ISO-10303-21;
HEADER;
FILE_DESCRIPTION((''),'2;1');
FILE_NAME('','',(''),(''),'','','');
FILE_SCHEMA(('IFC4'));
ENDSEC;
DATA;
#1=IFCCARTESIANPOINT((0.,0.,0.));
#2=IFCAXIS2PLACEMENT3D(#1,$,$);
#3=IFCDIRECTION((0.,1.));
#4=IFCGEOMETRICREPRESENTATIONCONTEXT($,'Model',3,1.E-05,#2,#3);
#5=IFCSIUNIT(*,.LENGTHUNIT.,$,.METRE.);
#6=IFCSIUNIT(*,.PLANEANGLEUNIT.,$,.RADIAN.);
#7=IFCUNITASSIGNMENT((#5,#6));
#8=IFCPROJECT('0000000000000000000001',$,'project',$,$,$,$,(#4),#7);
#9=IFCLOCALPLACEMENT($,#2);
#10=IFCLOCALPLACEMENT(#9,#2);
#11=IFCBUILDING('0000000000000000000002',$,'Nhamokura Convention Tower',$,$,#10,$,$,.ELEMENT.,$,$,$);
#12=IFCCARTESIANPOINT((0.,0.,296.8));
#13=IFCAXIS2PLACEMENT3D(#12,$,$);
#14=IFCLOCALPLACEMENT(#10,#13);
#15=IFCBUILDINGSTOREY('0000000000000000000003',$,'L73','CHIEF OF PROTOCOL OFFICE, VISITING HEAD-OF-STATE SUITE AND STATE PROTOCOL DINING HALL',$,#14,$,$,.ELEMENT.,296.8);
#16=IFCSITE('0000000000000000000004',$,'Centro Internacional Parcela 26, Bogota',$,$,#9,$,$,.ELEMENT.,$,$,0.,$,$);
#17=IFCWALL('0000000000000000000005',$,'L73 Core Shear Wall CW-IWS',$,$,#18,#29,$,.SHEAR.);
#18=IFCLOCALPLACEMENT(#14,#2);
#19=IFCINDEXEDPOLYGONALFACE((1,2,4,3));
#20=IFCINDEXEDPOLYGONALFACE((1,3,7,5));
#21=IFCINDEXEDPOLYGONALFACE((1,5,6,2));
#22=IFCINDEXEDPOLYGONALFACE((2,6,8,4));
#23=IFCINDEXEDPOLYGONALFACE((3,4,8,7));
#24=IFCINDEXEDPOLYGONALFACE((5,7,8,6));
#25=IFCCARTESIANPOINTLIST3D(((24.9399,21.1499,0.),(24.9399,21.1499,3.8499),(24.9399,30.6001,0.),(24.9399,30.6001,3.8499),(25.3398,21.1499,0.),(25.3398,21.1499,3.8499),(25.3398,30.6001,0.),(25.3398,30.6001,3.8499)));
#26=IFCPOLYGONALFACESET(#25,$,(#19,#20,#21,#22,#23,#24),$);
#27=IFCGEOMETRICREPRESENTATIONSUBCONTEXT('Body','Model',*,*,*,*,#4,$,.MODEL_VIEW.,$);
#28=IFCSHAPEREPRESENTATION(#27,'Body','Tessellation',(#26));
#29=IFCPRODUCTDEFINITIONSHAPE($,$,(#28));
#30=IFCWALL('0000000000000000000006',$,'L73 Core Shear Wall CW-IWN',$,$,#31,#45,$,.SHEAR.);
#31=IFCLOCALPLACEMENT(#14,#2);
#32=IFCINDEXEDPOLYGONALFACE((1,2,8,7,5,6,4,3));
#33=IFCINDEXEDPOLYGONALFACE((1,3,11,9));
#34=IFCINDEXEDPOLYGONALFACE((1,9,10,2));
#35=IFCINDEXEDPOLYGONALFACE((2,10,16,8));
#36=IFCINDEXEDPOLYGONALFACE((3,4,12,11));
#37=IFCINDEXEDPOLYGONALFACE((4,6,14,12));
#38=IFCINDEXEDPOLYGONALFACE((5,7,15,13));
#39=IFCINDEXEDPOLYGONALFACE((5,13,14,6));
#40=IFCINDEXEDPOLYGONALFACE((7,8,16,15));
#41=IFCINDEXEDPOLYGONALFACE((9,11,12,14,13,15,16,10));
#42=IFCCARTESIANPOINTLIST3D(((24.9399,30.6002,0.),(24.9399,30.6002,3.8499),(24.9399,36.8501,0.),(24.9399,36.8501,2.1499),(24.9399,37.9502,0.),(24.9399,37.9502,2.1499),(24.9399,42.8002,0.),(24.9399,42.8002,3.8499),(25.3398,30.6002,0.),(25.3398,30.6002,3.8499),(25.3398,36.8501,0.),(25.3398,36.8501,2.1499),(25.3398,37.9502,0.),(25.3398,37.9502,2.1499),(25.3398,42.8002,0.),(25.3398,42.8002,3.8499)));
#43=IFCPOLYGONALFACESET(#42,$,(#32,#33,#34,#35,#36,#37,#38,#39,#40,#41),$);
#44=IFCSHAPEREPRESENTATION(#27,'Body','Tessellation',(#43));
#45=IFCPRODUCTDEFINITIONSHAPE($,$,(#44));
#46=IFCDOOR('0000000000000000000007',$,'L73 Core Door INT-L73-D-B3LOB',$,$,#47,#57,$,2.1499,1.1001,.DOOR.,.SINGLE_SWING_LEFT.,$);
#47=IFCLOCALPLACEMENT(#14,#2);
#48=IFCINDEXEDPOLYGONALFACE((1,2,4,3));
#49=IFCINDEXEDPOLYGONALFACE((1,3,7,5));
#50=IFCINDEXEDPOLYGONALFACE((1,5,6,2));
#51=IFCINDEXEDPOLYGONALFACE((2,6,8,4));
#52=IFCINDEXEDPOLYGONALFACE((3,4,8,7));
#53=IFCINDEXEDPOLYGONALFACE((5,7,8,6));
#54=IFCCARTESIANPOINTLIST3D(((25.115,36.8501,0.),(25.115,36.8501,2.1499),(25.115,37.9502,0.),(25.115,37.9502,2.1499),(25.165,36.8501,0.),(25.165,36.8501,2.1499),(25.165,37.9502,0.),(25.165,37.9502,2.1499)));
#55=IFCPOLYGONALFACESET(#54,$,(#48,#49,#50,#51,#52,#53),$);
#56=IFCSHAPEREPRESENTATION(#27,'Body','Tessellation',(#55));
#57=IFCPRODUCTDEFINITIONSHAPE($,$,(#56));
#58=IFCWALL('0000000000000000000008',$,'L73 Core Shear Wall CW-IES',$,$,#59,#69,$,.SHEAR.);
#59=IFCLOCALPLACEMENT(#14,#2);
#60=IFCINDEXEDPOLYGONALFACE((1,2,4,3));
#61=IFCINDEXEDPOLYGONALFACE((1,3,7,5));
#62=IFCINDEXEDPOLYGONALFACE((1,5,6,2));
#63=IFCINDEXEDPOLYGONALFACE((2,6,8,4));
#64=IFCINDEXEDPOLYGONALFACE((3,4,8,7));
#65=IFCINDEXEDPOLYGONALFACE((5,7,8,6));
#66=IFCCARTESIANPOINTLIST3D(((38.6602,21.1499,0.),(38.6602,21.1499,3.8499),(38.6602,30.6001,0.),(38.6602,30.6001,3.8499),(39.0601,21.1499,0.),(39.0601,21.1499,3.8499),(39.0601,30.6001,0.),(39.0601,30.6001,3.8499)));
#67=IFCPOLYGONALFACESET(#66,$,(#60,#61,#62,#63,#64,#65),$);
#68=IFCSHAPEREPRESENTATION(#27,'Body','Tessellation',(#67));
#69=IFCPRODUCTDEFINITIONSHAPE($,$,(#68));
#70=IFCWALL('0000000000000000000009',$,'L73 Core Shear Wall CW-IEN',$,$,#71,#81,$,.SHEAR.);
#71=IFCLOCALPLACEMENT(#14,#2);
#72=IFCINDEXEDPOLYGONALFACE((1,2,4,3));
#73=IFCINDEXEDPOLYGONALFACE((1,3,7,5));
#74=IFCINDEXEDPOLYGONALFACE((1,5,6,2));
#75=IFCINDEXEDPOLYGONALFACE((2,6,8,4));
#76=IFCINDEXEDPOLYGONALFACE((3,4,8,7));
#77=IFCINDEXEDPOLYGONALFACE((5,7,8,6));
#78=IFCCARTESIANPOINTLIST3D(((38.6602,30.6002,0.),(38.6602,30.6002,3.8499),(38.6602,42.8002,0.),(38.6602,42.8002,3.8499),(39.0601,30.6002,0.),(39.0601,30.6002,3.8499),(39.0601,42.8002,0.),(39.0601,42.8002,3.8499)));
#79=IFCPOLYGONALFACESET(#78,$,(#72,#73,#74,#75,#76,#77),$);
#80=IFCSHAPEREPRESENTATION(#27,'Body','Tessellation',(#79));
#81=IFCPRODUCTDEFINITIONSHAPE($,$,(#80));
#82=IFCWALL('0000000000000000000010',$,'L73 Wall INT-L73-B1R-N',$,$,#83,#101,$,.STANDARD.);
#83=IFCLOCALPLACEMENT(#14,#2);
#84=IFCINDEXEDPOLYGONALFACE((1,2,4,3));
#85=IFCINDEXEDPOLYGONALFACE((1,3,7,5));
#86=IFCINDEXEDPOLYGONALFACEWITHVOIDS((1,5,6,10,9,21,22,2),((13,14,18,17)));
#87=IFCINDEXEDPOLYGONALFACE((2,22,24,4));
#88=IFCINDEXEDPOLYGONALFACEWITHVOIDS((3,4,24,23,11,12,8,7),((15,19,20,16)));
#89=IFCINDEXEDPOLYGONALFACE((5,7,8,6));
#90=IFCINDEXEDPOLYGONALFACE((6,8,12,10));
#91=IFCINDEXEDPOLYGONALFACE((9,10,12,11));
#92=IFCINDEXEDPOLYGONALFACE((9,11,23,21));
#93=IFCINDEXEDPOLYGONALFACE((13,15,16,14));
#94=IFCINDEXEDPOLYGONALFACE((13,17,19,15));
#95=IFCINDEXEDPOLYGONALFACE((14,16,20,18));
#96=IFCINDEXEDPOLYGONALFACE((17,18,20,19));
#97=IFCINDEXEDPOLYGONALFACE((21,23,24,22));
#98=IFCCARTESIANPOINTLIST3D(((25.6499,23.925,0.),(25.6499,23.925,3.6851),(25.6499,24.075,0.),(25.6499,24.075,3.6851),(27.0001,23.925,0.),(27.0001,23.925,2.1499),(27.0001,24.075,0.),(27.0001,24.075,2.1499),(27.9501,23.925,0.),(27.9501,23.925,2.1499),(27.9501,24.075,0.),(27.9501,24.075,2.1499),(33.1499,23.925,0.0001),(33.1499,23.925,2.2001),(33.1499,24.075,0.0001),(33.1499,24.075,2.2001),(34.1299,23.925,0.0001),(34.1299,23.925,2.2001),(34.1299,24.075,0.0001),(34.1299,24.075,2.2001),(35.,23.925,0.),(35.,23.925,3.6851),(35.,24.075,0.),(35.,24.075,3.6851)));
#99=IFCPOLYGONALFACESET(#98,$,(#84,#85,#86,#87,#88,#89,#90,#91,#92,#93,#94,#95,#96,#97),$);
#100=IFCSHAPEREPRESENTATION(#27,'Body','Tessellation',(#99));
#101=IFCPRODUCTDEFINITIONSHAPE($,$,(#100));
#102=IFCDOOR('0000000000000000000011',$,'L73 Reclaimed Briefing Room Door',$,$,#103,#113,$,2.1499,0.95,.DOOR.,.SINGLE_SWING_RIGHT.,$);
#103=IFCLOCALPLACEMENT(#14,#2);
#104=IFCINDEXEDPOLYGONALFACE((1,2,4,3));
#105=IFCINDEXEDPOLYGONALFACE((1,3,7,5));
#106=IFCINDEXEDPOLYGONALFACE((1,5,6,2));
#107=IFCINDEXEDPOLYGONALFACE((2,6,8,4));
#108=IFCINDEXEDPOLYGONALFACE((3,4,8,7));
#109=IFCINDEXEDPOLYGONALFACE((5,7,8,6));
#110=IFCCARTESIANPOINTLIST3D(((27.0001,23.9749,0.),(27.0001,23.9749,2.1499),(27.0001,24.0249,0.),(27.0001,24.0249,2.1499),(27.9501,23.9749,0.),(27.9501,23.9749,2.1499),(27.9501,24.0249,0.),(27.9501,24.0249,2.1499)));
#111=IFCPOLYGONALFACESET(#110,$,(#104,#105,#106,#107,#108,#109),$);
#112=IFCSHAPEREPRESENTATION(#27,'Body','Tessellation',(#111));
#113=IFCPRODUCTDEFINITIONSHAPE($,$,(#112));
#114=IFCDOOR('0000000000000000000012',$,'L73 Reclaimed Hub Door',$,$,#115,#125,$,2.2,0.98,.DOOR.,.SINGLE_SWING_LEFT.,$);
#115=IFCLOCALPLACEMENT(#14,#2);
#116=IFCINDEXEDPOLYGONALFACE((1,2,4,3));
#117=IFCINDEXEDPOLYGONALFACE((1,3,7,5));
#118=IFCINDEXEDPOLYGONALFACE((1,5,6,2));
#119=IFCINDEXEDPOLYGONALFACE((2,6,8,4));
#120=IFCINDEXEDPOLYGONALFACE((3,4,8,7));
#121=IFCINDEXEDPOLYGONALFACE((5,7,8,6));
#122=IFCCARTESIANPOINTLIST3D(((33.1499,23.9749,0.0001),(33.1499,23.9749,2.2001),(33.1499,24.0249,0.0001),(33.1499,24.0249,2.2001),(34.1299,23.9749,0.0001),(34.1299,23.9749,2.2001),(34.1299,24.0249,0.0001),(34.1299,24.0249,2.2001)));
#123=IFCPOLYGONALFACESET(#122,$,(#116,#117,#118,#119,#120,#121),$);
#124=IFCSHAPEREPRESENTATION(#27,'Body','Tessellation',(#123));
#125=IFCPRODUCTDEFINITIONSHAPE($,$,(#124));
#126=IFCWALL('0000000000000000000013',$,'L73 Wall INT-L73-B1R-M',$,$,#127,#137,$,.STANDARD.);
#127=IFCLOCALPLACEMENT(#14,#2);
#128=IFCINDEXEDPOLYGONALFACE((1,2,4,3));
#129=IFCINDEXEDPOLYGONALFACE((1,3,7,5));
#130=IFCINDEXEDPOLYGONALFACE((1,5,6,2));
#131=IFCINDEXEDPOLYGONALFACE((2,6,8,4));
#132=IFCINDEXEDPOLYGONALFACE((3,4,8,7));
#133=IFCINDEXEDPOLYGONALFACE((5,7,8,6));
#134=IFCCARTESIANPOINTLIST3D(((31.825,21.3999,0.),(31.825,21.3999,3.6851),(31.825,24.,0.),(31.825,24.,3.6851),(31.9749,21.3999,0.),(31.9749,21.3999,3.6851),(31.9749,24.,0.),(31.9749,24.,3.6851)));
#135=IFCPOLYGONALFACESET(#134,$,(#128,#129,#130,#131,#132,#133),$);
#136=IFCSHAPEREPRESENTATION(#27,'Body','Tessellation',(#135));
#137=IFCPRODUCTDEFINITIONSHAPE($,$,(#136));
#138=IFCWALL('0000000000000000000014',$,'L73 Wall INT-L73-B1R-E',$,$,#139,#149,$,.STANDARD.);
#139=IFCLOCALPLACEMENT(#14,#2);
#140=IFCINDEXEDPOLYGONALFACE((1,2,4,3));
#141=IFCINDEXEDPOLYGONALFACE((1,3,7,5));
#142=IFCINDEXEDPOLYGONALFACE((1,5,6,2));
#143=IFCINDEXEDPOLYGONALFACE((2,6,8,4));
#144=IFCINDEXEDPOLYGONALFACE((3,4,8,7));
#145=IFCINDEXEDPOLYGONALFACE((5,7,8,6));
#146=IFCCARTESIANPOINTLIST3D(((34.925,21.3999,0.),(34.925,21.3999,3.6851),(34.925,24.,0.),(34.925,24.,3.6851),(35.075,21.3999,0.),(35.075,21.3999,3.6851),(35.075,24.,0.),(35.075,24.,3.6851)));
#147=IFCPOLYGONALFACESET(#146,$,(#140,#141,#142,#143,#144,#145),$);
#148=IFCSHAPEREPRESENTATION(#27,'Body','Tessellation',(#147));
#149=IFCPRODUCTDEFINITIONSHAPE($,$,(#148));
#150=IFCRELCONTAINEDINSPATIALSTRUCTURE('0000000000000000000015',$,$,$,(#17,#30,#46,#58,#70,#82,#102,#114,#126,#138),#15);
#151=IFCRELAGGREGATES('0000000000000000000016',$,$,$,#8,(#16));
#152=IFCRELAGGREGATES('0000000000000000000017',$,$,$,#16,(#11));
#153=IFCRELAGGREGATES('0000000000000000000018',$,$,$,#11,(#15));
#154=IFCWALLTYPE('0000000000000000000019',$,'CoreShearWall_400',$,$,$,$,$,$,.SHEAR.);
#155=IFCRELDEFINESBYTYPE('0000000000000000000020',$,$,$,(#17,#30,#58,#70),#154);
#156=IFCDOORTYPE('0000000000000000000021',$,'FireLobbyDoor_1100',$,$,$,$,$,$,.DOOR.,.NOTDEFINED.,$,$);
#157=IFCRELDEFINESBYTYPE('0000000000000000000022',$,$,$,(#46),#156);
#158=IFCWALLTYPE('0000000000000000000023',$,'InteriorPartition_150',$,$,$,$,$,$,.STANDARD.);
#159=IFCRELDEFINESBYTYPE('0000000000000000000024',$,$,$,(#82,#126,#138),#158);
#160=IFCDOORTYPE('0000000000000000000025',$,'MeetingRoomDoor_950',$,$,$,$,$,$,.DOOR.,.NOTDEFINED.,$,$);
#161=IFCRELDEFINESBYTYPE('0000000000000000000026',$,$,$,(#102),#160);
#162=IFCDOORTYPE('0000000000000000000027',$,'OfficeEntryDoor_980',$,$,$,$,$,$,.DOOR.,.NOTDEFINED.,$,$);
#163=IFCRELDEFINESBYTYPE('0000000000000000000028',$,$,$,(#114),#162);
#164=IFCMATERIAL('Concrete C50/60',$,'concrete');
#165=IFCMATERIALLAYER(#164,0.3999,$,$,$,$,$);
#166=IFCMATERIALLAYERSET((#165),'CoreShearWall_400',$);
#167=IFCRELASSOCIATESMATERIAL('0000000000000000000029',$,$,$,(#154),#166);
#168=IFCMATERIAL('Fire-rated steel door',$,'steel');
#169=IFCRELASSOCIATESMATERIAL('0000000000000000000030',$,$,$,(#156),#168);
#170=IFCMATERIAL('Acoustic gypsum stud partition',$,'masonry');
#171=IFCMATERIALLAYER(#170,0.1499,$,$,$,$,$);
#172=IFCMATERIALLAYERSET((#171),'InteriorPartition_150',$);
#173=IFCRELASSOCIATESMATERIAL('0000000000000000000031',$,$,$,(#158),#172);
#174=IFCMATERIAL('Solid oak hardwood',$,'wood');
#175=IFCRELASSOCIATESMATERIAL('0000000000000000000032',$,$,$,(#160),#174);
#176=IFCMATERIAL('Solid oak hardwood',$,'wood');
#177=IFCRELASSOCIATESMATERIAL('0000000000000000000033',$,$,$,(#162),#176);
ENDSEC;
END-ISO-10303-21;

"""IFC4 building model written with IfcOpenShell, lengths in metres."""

from ifc_helpers import new_model, si_unit, direction, frame, frame_2d, origin, place, context, subcontext, project, spatial, rectangle, extrude, material, layer, layer_set, type_object, element, fill, save


model = new_model("IFC4")

# Units and contexts
model_context = context("Model", 3, precision=1e-05, world=origin(), true_north=direction((0.0, 1.0)))
body_context = subcontext(model_context, "Body", "Model", "MODEL_VIEW")
ifc_project = project(units=[si_unit("LENGTHUNIT", "METRE"), si_unit("PLANEANGLEUNIT", "RADIAN")], contexts=[model_context])

# Site, building, storey
site_placement = place(None, origin())
site = spatial("IfcSite", under=ifc_project, at=site_placement, Name="Centro Internacional Parcela 26, Bogota", CompositionType="ELEMENT", RefElevation=0.0)
building_placement = place(site_placement, origin())
building = spatial("IfcBuilding", under=site, at=building_placement, Name="Nhamokura Convention Tower", CompositionType="ELEMENT")
storey_placement = place(building_placement, frame((0.0, 0.0, 296.8)))
storey = spatial("IfcBuildingStorey", under=building, at=storey_placement, Name="L73", Description="CHIEF OF PROTOCOL OFFICE, VISITING HEAD-OF-STATE SUITE AND STATE PROTOCOL DINING HALL", CompositionType="ELEMENT", Elevation=296.8)

# Wall
ifc_material_1 = material(Name="Concrete C50/60", Category="concrete")
ifc_layer_1 = layer(ifc_material_1, 0.3999)
ifc_layer_set_1 = layer_set([ifc_layer_1], Name="CoreShearWall_400")
wall_type_1 = type_object("IfcWallType", Name="CoreShearWall_400", PredefinedType="SHEAR", material=ifc_layer_set_1)
wall_1_placement = place(storey_placement, frame((25.1399, 21.1499, 0.0), z_axis=(0.0, 0.0, 1.0), x_axis=(0.0, 1.0, 0.0)))
element("IfcWall", 1, at=wall_1_placement, inside=storey, type_object=wall_type_1, Name="L73 Core Shear Wall CW-IWS", PredefinedType="SHEAR", context=body_context, shape_type="SweptSolid", body=[
    extrude(rectangle(XDim=9.4502, YDim=0.3999, at=frame_2d((4.7251, 0.0))), origin(), (0.0, 0.0, 1.0), 3.8499),
])

# Wall, opening, door
wall_2_placement = place(storey_placement, frame((25.1399, 30.6001, 0.0), z_axis=(0.0, 0.0, 1.0), x_axis=(0.0, 1.0, 0.0)))
wall_2 = element("IfcWall", 2, at=wall_2_placement, inside=storey, type_object=wall_type_1, Name="L73 Core Shear Wall CW-IWN", PredefinedType="SHEAR", context=body_context, shape_type="SweptSolid", body=[
    extrude(rectangle(XDim=12.2, YDim=0.3999, at=frame_2d((6.1001, 0.0))), origin(), (0.0, 0.0, 1.0), 3.8499),
])
opening_1_placement = place(wall_2_placement, frame((6.25, 0.0, 0.0)))
opening_1 = element("IfcOpeningElement", 3, at=opening_1_placement, cuts=wall_2, PredefinedType="OPENING", context=body_context, shape_type="SweptSolid", body=[
    extrude(rectangle(XDim=1.1001, YDim=2.1499, at=frame_2d((0.55, 1.075))), frame((0.0, 0.21, 0.0), z_axis=(0.0, -1.0, 0.0), x_axis=(1.0, 0.0, 0.0)), (0.0, 0.0, 1.0), 0.4199),
])
ifc_material_2 = material(Name="Fire-rated steel door", Category="steel")
door_type_1 = type_object("IfcDoorType", Name="FireLobbyDoor_1100", OperationType="NOTDEFINED", PredefinedType="DOOR", material=ifc_material_2)
door_1_placement = place(opening_1_placement, origin())
door_1 = element("IfcDoor", 4, at=door_1_placement, inside=storey, type_object=door_type_1, Name="L73 Core Door INT-L73-D-B3LOB", OperationType="SINGLE_SWING_LEFT", OverallHeight=2.1499, OverallWidth=1.1001, PredefinedType="DOOR", context=body_context, shape_type="SweptSolid", body=[
    extrude(rectangle(XDim=1.1001, YDim=2.1499, at=frame_2d((0.55, 1.075))), frame((0.0, 0.0249, 0.0), z_axis=(0.0, -1.0, 0.0), x_axis=(1.0, 0.0, 0.0)), (0.0, 0.0, 1.0), 0.05),
])
fill(opening_1, door_1)

# Walls
wall_3_placement = place(storey_placement, frame((38.8601, 21.1499, 0.0), z_axis=(0.0, 0.0, 1.0), x_axis=(0.0, 1.0, 0.0)))
element("IfcWall", 5, at=wall_3_placement, inside=storey, type_object=wall_type_1, Name="L73 Core Shear Wall CW-IES", PredefinedType="SHEAR", context=body_context, shape_type="SweptSolid", body=[
    extrude(rectangle(XDim=9.4502, YDim=0.3999, at=frame_2d((4.7251, 0.0))), origin(), (0.0, 0.0, 1.0), 3.8499),
])
wall_4_placement = place(storey_placement, frame((38.8601, 30.6001, 0.0), z_axis=(0.0, 0.0, 1.0), x_axis=(0.0, 1.0, 0.0)))
element("IfcWall", 6, at=wall_4_placement, inside=storey, type_object=wall_type_1, Name="L73 Core Shear Wall CW-IEN", PredefinedType="SHEAR", context=body_context, shape_type="SweptSolid", body=[
    extrude(rectangle(XDim=12.2, YDim=0.3999, at=frame_2d((6.1001, 0.0))), origin(), (0.0, 0.0, 1.0), 3.8499),
])

# Wall, openings, doors
ifc_material_3 = material(Name="Acoustic gypsum stud partition", Category="masonry")
ifc_layer_2 = layer(ifc_material_3, 0.1499)
ifc_layer_set_2 = layer_set([ifc_layer_2], Name="InteriorPartition_150")
wall_type_2 = type_object("IfcWallType", Name="InteriorPartition_150", PredefinedType="STANDARD", material=ifc_layer_set_2)
wall_5_placement = place(storey_placement, frame((25.6499, 24.0, 0.0), z_axis=(0.0, 0.0, 1.0), x_axis=(1.0, 0.0, 0.0)))
wall_5 = element("IfcWall", 7, at=wall_5_placement, inside=storey, type_object=wall_type_2, Name="L73 Wall INT-L73-B1R-N", PredefinedType="STANDARD", context=body_context, shape_type="SweptSolid", body=[
    extrude(rectangle(XDim=9.3501, YDim=0.1499, at=frame_2d((4.675, 0.0))), origin(), (0.0, 0.0, 1.0), 3.6851),
])
opening_2_placement = place(wall_5_placement, frame((1.3501, 0.0, 0.0)))
opening_2 = element("IfcOpeningElement", 8, at=opening_2_placement, cuts=wall_5, PredefinedType="OPENING", context=body_context, shape_type="SweptSolid", body=[
    extrude(rectangle(XDim=0.95, YDim=2.1499, at=frame_2d((0.4751, 1.075))), frame((0.0, 0.085, 0.0), z_axis=(0.0, -1.0, 0.0), x_axis=(1.0, 0.0, 0.0)), (0.0, 0.0, 1.0), 0.1699),
])
opening_3_placement = place(wall_5_placement, frame((7.5, 0.0, 0.0)))
opening_3 = element("IfcOpeningElement", 9, at=opening_3_placement, cuts=wall_5, PredefinedType="OPENING", context=body_context, shape_type="SweptSolid", body=[
    extrude(rectangle(XDim=0.98, YDim=2.2, at=frame_2d((0.49, 1.1001))), frame((0.0, 0.085, 0.0), z_axis=(0.0, -1.0, 0.0), x_axis=(1.0, 0.0, 0.0)), (0.0, 0.0, 1.0), 0.1699),
])
ifc_material_4 = material(Name="Solid oak hardwood", Category="wood")
door_type_2 = type_object("IfcDoorType", Name="MeetingRoomDoor_950", OperationType="NOTDEFINED", PredefinedType="DOOR", material=ifc_material_4)
door_2_placement = place(opening_2_placement, origin())
door_2 = element("IfcDoor", 10, at=door_2_placement, inside=storey, type_object=door_type_2, Name="L73 Reclaimed Briefing Room Door", OperationType="SINGLE_SWING_RIGHT", OverallHeight=2.1499, OverallWidth=0.95, PredefinedType="DOOR", context=body_context, shape_type="SweptSolid", body=[
    extrude(rectangle(XDim=0.95, YDim=2.1499, at=frame_2d((0.4751, 1.075))), frame((0.0, 0.0249, 0.0), z_axis=(0.0, -1.0, 0.0), x_axis=(1.0, 0.0, 0.0)), (0.0, 0.0, 1.0), 0.05),
])
fill(opening_2, door_2)
ifc_material_5 = material(Name="Solid oak hardwood", Category="wood")
door_type_3 = type_object("IfcDoorType", Name="OfficeEntryDoor_980", OperationType="NOTDEFINED", PredefinedType="DOOR", material=ifc_material_5)
door_3_placement = place(opening_3_placement, origin())
door_3 = element("IfcDoor", 11, at=door_3_placement, inside=storey, type_object=door_type_3, Name="L73 Reclaimed Hub Door", OperationType="SINGLE_SWING_LEFT", OverallHeight=2.2, OverallWidth=0.98, PredefinedType="DOOR", context=body_context, shape_type="SweptSolid", body=[
    extrude(rectangle(XDim=0.98, YDim=2.2, at=frame_2d((0.49, 1.1001))), frame((0.0, 0.0249, 0.0), z_axis=(0.0, -1.0, 0.0), x_axis=(1.0, 0.0, 0.0)), (0.0, 0.0, 1.0), 0.05),
])
fill(opening_3, door_3)

# Walls
for number, where, z_axis, x_axis, name in (
    (12, (31.8999, 21.3999, 0.0), (0.0, 0.0, 1.0), (0.0, 1.0, 0.0), "L73 Wall INT-L73-B1R-M"),
    (13, (35.0, 21.3999, 0.0), (0.0, 0.0, 1.0), (0.0, 1.0, 0.0), "L73 Wall INT-L73-B1R-E"),
):
    element("IfcWall", number, at=place(storey_placement, frame(where, z_axis=z_axis, x_axis=x_axis)), inside=storey, type_object=wall_type_2, Name=name, PredefinedType="STANDARD", context=body_context, shape_type="SweptSolid", body=[
        extrude(rectangle(XDim=2.6001, YDim=0.1499, at=frame_2d((1.3, 0.0))), origin(), (0.0, 0.0, 1.0), 3.6851),
    ])

save(model, "model.ifc")
